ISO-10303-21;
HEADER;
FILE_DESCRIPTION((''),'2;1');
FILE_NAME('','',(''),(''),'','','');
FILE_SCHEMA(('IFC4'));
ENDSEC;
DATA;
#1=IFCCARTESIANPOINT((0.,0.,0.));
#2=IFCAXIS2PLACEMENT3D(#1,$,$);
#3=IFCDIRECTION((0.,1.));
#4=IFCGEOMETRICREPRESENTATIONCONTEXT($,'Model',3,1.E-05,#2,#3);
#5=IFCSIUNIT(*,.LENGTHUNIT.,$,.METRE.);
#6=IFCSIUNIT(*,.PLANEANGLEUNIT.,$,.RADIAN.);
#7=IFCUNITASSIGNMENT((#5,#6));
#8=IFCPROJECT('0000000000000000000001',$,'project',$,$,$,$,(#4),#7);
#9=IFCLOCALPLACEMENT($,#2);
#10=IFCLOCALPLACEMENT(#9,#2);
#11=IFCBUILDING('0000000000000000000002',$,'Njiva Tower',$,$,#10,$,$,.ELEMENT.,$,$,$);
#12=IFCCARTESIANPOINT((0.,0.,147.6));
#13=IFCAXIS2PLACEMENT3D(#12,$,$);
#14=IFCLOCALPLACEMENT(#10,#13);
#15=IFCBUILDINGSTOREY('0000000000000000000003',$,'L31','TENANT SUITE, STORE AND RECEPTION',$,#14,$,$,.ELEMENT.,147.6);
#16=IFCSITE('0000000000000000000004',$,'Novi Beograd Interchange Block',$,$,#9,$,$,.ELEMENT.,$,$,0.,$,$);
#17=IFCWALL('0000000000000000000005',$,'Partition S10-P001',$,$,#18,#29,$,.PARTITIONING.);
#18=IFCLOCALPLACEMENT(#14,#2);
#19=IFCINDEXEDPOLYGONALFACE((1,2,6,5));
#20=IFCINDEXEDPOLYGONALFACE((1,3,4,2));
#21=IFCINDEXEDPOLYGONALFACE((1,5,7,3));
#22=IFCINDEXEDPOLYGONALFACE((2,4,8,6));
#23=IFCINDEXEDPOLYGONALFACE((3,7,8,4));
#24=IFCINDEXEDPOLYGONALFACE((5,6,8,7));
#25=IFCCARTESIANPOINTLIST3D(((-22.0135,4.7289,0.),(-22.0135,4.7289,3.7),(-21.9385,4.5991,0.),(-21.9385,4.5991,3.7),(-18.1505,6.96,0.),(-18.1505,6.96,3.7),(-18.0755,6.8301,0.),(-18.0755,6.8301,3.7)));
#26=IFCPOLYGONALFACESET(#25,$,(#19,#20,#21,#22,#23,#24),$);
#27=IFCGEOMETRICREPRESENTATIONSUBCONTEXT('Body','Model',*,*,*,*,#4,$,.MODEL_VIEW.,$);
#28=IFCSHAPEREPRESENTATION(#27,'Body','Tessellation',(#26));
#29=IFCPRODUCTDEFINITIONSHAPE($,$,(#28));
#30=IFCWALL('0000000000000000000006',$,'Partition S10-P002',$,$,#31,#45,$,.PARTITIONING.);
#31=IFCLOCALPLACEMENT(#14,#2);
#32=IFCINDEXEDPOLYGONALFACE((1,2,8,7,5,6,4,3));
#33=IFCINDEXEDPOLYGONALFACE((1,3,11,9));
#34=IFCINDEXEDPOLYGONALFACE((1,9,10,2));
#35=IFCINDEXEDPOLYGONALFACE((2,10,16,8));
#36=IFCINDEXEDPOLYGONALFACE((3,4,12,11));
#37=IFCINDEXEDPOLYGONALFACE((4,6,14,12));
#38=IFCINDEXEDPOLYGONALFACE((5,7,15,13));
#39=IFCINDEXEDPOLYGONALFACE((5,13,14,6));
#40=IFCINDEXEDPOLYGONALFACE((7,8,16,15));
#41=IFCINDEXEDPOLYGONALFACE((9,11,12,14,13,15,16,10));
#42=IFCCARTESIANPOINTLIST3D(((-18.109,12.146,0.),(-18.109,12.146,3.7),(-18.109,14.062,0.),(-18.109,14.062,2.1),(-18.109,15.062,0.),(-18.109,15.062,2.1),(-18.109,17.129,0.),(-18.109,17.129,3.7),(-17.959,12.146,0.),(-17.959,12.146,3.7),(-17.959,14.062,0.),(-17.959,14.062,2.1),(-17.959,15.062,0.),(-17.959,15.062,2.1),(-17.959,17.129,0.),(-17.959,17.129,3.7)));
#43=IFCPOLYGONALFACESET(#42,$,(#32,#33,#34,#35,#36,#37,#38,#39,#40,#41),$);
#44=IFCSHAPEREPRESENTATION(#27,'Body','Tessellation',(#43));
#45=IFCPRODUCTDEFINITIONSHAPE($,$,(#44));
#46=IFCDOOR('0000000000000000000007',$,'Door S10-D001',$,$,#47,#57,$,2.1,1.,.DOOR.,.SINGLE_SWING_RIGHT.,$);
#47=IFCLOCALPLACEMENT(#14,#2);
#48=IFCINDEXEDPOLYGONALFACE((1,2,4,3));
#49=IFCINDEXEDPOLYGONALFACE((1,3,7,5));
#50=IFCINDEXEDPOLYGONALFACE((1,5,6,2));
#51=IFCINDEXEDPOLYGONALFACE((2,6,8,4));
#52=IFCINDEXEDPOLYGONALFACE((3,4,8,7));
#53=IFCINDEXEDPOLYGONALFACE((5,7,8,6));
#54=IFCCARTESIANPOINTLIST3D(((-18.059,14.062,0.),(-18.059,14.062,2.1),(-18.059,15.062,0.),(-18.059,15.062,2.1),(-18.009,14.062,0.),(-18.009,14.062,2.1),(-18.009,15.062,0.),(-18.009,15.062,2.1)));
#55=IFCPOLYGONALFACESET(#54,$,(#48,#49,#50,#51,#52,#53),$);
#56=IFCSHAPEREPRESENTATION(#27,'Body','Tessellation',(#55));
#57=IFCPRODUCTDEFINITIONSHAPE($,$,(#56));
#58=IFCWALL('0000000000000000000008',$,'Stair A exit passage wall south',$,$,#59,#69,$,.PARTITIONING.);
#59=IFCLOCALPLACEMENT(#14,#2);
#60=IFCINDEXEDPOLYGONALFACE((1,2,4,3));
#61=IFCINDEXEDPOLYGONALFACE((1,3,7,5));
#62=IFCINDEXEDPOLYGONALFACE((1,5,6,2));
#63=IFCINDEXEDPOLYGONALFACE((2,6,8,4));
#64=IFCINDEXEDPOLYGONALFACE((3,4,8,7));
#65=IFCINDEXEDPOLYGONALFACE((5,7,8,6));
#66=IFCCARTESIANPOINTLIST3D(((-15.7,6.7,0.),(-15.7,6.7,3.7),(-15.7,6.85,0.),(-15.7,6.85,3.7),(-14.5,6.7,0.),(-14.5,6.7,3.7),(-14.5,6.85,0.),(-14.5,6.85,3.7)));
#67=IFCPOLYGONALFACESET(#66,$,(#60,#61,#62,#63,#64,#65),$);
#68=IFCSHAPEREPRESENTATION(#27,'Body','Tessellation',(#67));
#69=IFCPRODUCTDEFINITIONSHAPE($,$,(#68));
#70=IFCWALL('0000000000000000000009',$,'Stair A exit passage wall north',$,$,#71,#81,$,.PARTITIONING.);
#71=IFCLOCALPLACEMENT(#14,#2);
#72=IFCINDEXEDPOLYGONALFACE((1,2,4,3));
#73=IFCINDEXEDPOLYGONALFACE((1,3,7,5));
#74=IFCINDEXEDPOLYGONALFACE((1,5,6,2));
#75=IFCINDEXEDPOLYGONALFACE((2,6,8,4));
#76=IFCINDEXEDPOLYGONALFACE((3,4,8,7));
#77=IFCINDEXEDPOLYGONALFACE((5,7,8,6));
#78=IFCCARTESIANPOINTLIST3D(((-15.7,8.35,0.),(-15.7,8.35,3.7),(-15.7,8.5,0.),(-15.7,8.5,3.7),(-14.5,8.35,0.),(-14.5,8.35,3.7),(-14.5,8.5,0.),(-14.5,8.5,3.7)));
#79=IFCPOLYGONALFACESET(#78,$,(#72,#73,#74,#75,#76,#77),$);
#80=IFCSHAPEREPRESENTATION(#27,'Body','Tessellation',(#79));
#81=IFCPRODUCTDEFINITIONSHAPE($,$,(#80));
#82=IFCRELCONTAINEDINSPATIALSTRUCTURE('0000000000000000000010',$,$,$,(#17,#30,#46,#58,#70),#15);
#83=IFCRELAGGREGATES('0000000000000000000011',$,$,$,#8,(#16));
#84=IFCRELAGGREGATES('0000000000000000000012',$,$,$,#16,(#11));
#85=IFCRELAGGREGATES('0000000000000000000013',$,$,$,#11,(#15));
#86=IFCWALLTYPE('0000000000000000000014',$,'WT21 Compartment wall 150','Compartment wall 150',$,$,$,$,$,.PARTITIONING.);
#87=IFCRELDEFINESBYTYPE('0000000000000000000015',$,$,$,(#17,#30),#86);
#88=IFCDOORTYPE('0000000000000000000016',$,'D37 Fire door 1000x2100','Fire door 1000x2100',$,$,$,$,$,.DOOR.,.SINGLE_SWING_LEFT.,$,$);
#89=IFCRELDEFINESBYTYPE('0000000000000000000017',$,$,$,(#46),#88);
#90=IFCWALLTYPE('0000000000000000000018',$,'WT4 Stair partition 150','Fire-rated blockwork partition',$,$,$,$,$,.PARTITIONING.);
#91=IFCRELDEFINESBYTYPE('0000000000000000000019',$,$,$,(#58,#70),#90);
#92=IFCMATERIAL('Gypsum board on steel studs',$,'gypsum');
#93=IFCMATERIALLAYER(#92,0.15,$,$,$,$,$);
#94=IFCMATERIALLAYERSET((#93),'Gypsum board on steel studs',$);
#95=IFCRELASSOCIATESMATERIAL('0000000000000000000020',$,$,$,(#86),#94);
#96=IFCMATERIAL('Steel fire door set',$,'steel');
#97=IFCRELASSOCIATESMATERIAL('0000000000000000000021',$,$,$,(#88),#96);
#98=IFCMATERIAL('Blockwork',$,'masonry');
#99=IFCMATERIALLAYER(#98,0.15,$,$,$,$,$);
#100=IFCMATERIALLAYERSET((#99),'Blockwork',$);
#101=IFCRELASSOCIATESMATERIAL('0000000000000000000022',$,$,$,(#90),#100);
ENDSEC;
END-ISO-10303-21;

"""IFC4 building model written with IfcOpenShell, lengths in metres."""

from ifc_helpers import new_model, si_unit, direction, frame, frame_2d, origin, place, context, subcontext, project, spatial, rectangle, extrude, material, layer, layer_set, type_object, element, fill, save


model = new_model("IFC4")

# Units and contexts
model_context = context("Model", 3, precision=1e-05, world=origin(), true_north=direction((0.0, 1.0)))
body_context = subcontext(model_context, "Body", "Model", "MODEL_VIEW")
ifc_project = project(units=[si_unit("LENGTHUNIT", "METRE"), si_unit("PLANEANGLEUNIT", "RADIAN")], contexts=[model_context])

# Site, building, storey
site_placement = place(None, origin())
site = spatial("IfcSite", under=ifc_project, at=site_placement, Name="Novi Beograd Interchange Block", CompositionType="ELEMENT", RefElevation=0.0)
building_placement = place(site_placement, origin())
building = spatial("IfcBuilding", under=site, at=building_placement, Name="Njiva Tower", CompositionType="ELEMENT")
storey_placement = place(building_placement, frame((0.0, 0.0, 147.6)))
storey = spatial("IfcBuildingStorey", under=building, at=storey_placement, Name="L31", Description="TENANT SUITE, STORE AND RECEPTION", CompositionType="ELEMENT", Elevation=147.6)

# Shared definitions
ifc_material_1 = material(Name="Blockwork", Category="masonry")

# Wall
ifc_material_2 = material(Name="Gypsum board on steel studs", Category="gypsum")
ifc_layer_1 = layer(ifc_material_2, 0.15)
ifc_layer_set_1 = layer_set([ifc_layer_1], Name="Gypsum board on steel studs")
wall_type_1 = type_object("IfcWallType", Name="WT21 Compartment wall 150", Description="Compartment wall 150", PredefinedType="PARTITIONING", material=ifc_layer_set_1)
wall_1_placement = place(storey_placement, frame((-21.976, 4.664, 0.0), z_axis=(0.0, 0.0, 1.0), x_axis=(0.865958, 0.500117, 0.0)))
element("IfcWall", 1, at=wall_1_placement, inside=storey, type_object=wall_type_1, Name="Partition S10-P001", PredefinedType="PARTITIONING", context=body_context, shape_type="SweptSolid", body=[
    extrude(rectangle(XDim=4.461, YDim=0.15, at=frame_2d((2.2305, 0.0))), origin(), (0.0, 0.0, 1.0), 3.7),
])

# Wall, opening, door
wall_2_placement = place(storey_placement, frame((-18.034, 12.146, 0.0), z_axis=(0.0, 0.0, 1.0), x_axis=(0.0, 1.0, 0.0)))
wall_2 = element("IfcWall", 2, at=wall_2_placement, inside=storey, type_object=wall_type_1, Name="Partition S10-P002", PredefinedType="PARTITIONING", context=body_context, shape_type="SweptSolid", body=[
    extrude(rectangle(XDim=4.983, YDim=0.15, at=frame_2d((2.4915, 0.0))), origin(), (0.0, 0.0, 1.0), 3.7),
])
opening_1_placement = place(wall_2_placement, frame((1.916, 0.0, 0.0)))
opening_1 = element("IfcOpeningElement", 3, at=opening_1_placement, cuts=wall_2, PredefinedType="OPENING", context=body_context, shape_type="SweptSolid", body=[
    extrude(rectangle(XDim=1.0, YDim=2.1, at=frame_2d((0.5, 1.05))), frame((0.0, 0.085, 0.0), z_axis=(0.0, -1.0, 0.0), x_axis=(1.0, 0.0, 0.0)), (0.0, 0.0, 1.0), 0.17),
])
ifc_material_3 = material(Name="Steel fire door set", Category="steel")
door_type_1 = type_object("IfcDoorType", Name="D37 Fire door 1000x2100", Description="Fire door 1000x2100", OperationType="SINGLE_SWING_LEFT", PredefinedType="DOOR", material=ifc_material_3)
door_1_placement = place(opening_1_placement, origin())
door_1 = element("IfcDoor", 4, at=door_1_placement, inside=storey, type_object=door_type_1, Name="Door S10-D001", OperationType="SINGLE_SWING_RIGHT", OverallHeight=2.1, OverallWidth=1.0, PredefinedType="DOOR", context=body_context, shape_type="SweptSolid", body=[
    extrude(rectangle(XDim=1.0, YDim=2.1, at=frame_2d((0.5, 1.05))), frame((0.0, 0.025, 0.0), z_axis=(0.0, -1.0, 0.0), x_axis=(1.0, 0.0, 0.0)), (0.0, 0.0, 1.0), 0.05),
])
fill(opening_1, door_1)

# Walls
ifc_layer_2 = layer(ifc_material_1, 0.15)
ifc_layer_set_2 = layer_set([ifc_layer_2], Name="Blockwork")
wall_type_2 = type_object("IfcWallType", Name="WT4 Stair partition 150", Description="Fire-rated blockwork partition", PredefinedType="PARTITIONING", material=ifc_layer_set_2)
for number, where, z_axis, x_axis, name in (
    (5, (-15.7, 6.775, 0.0), (0.0, 0.0, 1.0), (1.0, 0.0, 0.0), "Stair A exit passage wall south"),
    (6, (-15.7, 8.425, 0.0), (0.0, 0.0, 1.0), (1.0, 0.0, 0.0), "Stair A exit passage wall north"),
):
    element("IfcWall", number, at=place(storey_placement, frame(where, z_axis=z_axis, x_axis=x_axis)), inside=storey, type_object=wall_type_2, Name=name, PredefinedType="PARTITIONING", context=body_context, shape_type="SweptSolid", body=[
        extrude(rectangle(XDim=1.2, YDim=0.15, at=frame_2d((0.6, 0.0))), origin(), (0.0, 0.0, 1.0), 3.7),
    ])

save(model, "model.ifc")
